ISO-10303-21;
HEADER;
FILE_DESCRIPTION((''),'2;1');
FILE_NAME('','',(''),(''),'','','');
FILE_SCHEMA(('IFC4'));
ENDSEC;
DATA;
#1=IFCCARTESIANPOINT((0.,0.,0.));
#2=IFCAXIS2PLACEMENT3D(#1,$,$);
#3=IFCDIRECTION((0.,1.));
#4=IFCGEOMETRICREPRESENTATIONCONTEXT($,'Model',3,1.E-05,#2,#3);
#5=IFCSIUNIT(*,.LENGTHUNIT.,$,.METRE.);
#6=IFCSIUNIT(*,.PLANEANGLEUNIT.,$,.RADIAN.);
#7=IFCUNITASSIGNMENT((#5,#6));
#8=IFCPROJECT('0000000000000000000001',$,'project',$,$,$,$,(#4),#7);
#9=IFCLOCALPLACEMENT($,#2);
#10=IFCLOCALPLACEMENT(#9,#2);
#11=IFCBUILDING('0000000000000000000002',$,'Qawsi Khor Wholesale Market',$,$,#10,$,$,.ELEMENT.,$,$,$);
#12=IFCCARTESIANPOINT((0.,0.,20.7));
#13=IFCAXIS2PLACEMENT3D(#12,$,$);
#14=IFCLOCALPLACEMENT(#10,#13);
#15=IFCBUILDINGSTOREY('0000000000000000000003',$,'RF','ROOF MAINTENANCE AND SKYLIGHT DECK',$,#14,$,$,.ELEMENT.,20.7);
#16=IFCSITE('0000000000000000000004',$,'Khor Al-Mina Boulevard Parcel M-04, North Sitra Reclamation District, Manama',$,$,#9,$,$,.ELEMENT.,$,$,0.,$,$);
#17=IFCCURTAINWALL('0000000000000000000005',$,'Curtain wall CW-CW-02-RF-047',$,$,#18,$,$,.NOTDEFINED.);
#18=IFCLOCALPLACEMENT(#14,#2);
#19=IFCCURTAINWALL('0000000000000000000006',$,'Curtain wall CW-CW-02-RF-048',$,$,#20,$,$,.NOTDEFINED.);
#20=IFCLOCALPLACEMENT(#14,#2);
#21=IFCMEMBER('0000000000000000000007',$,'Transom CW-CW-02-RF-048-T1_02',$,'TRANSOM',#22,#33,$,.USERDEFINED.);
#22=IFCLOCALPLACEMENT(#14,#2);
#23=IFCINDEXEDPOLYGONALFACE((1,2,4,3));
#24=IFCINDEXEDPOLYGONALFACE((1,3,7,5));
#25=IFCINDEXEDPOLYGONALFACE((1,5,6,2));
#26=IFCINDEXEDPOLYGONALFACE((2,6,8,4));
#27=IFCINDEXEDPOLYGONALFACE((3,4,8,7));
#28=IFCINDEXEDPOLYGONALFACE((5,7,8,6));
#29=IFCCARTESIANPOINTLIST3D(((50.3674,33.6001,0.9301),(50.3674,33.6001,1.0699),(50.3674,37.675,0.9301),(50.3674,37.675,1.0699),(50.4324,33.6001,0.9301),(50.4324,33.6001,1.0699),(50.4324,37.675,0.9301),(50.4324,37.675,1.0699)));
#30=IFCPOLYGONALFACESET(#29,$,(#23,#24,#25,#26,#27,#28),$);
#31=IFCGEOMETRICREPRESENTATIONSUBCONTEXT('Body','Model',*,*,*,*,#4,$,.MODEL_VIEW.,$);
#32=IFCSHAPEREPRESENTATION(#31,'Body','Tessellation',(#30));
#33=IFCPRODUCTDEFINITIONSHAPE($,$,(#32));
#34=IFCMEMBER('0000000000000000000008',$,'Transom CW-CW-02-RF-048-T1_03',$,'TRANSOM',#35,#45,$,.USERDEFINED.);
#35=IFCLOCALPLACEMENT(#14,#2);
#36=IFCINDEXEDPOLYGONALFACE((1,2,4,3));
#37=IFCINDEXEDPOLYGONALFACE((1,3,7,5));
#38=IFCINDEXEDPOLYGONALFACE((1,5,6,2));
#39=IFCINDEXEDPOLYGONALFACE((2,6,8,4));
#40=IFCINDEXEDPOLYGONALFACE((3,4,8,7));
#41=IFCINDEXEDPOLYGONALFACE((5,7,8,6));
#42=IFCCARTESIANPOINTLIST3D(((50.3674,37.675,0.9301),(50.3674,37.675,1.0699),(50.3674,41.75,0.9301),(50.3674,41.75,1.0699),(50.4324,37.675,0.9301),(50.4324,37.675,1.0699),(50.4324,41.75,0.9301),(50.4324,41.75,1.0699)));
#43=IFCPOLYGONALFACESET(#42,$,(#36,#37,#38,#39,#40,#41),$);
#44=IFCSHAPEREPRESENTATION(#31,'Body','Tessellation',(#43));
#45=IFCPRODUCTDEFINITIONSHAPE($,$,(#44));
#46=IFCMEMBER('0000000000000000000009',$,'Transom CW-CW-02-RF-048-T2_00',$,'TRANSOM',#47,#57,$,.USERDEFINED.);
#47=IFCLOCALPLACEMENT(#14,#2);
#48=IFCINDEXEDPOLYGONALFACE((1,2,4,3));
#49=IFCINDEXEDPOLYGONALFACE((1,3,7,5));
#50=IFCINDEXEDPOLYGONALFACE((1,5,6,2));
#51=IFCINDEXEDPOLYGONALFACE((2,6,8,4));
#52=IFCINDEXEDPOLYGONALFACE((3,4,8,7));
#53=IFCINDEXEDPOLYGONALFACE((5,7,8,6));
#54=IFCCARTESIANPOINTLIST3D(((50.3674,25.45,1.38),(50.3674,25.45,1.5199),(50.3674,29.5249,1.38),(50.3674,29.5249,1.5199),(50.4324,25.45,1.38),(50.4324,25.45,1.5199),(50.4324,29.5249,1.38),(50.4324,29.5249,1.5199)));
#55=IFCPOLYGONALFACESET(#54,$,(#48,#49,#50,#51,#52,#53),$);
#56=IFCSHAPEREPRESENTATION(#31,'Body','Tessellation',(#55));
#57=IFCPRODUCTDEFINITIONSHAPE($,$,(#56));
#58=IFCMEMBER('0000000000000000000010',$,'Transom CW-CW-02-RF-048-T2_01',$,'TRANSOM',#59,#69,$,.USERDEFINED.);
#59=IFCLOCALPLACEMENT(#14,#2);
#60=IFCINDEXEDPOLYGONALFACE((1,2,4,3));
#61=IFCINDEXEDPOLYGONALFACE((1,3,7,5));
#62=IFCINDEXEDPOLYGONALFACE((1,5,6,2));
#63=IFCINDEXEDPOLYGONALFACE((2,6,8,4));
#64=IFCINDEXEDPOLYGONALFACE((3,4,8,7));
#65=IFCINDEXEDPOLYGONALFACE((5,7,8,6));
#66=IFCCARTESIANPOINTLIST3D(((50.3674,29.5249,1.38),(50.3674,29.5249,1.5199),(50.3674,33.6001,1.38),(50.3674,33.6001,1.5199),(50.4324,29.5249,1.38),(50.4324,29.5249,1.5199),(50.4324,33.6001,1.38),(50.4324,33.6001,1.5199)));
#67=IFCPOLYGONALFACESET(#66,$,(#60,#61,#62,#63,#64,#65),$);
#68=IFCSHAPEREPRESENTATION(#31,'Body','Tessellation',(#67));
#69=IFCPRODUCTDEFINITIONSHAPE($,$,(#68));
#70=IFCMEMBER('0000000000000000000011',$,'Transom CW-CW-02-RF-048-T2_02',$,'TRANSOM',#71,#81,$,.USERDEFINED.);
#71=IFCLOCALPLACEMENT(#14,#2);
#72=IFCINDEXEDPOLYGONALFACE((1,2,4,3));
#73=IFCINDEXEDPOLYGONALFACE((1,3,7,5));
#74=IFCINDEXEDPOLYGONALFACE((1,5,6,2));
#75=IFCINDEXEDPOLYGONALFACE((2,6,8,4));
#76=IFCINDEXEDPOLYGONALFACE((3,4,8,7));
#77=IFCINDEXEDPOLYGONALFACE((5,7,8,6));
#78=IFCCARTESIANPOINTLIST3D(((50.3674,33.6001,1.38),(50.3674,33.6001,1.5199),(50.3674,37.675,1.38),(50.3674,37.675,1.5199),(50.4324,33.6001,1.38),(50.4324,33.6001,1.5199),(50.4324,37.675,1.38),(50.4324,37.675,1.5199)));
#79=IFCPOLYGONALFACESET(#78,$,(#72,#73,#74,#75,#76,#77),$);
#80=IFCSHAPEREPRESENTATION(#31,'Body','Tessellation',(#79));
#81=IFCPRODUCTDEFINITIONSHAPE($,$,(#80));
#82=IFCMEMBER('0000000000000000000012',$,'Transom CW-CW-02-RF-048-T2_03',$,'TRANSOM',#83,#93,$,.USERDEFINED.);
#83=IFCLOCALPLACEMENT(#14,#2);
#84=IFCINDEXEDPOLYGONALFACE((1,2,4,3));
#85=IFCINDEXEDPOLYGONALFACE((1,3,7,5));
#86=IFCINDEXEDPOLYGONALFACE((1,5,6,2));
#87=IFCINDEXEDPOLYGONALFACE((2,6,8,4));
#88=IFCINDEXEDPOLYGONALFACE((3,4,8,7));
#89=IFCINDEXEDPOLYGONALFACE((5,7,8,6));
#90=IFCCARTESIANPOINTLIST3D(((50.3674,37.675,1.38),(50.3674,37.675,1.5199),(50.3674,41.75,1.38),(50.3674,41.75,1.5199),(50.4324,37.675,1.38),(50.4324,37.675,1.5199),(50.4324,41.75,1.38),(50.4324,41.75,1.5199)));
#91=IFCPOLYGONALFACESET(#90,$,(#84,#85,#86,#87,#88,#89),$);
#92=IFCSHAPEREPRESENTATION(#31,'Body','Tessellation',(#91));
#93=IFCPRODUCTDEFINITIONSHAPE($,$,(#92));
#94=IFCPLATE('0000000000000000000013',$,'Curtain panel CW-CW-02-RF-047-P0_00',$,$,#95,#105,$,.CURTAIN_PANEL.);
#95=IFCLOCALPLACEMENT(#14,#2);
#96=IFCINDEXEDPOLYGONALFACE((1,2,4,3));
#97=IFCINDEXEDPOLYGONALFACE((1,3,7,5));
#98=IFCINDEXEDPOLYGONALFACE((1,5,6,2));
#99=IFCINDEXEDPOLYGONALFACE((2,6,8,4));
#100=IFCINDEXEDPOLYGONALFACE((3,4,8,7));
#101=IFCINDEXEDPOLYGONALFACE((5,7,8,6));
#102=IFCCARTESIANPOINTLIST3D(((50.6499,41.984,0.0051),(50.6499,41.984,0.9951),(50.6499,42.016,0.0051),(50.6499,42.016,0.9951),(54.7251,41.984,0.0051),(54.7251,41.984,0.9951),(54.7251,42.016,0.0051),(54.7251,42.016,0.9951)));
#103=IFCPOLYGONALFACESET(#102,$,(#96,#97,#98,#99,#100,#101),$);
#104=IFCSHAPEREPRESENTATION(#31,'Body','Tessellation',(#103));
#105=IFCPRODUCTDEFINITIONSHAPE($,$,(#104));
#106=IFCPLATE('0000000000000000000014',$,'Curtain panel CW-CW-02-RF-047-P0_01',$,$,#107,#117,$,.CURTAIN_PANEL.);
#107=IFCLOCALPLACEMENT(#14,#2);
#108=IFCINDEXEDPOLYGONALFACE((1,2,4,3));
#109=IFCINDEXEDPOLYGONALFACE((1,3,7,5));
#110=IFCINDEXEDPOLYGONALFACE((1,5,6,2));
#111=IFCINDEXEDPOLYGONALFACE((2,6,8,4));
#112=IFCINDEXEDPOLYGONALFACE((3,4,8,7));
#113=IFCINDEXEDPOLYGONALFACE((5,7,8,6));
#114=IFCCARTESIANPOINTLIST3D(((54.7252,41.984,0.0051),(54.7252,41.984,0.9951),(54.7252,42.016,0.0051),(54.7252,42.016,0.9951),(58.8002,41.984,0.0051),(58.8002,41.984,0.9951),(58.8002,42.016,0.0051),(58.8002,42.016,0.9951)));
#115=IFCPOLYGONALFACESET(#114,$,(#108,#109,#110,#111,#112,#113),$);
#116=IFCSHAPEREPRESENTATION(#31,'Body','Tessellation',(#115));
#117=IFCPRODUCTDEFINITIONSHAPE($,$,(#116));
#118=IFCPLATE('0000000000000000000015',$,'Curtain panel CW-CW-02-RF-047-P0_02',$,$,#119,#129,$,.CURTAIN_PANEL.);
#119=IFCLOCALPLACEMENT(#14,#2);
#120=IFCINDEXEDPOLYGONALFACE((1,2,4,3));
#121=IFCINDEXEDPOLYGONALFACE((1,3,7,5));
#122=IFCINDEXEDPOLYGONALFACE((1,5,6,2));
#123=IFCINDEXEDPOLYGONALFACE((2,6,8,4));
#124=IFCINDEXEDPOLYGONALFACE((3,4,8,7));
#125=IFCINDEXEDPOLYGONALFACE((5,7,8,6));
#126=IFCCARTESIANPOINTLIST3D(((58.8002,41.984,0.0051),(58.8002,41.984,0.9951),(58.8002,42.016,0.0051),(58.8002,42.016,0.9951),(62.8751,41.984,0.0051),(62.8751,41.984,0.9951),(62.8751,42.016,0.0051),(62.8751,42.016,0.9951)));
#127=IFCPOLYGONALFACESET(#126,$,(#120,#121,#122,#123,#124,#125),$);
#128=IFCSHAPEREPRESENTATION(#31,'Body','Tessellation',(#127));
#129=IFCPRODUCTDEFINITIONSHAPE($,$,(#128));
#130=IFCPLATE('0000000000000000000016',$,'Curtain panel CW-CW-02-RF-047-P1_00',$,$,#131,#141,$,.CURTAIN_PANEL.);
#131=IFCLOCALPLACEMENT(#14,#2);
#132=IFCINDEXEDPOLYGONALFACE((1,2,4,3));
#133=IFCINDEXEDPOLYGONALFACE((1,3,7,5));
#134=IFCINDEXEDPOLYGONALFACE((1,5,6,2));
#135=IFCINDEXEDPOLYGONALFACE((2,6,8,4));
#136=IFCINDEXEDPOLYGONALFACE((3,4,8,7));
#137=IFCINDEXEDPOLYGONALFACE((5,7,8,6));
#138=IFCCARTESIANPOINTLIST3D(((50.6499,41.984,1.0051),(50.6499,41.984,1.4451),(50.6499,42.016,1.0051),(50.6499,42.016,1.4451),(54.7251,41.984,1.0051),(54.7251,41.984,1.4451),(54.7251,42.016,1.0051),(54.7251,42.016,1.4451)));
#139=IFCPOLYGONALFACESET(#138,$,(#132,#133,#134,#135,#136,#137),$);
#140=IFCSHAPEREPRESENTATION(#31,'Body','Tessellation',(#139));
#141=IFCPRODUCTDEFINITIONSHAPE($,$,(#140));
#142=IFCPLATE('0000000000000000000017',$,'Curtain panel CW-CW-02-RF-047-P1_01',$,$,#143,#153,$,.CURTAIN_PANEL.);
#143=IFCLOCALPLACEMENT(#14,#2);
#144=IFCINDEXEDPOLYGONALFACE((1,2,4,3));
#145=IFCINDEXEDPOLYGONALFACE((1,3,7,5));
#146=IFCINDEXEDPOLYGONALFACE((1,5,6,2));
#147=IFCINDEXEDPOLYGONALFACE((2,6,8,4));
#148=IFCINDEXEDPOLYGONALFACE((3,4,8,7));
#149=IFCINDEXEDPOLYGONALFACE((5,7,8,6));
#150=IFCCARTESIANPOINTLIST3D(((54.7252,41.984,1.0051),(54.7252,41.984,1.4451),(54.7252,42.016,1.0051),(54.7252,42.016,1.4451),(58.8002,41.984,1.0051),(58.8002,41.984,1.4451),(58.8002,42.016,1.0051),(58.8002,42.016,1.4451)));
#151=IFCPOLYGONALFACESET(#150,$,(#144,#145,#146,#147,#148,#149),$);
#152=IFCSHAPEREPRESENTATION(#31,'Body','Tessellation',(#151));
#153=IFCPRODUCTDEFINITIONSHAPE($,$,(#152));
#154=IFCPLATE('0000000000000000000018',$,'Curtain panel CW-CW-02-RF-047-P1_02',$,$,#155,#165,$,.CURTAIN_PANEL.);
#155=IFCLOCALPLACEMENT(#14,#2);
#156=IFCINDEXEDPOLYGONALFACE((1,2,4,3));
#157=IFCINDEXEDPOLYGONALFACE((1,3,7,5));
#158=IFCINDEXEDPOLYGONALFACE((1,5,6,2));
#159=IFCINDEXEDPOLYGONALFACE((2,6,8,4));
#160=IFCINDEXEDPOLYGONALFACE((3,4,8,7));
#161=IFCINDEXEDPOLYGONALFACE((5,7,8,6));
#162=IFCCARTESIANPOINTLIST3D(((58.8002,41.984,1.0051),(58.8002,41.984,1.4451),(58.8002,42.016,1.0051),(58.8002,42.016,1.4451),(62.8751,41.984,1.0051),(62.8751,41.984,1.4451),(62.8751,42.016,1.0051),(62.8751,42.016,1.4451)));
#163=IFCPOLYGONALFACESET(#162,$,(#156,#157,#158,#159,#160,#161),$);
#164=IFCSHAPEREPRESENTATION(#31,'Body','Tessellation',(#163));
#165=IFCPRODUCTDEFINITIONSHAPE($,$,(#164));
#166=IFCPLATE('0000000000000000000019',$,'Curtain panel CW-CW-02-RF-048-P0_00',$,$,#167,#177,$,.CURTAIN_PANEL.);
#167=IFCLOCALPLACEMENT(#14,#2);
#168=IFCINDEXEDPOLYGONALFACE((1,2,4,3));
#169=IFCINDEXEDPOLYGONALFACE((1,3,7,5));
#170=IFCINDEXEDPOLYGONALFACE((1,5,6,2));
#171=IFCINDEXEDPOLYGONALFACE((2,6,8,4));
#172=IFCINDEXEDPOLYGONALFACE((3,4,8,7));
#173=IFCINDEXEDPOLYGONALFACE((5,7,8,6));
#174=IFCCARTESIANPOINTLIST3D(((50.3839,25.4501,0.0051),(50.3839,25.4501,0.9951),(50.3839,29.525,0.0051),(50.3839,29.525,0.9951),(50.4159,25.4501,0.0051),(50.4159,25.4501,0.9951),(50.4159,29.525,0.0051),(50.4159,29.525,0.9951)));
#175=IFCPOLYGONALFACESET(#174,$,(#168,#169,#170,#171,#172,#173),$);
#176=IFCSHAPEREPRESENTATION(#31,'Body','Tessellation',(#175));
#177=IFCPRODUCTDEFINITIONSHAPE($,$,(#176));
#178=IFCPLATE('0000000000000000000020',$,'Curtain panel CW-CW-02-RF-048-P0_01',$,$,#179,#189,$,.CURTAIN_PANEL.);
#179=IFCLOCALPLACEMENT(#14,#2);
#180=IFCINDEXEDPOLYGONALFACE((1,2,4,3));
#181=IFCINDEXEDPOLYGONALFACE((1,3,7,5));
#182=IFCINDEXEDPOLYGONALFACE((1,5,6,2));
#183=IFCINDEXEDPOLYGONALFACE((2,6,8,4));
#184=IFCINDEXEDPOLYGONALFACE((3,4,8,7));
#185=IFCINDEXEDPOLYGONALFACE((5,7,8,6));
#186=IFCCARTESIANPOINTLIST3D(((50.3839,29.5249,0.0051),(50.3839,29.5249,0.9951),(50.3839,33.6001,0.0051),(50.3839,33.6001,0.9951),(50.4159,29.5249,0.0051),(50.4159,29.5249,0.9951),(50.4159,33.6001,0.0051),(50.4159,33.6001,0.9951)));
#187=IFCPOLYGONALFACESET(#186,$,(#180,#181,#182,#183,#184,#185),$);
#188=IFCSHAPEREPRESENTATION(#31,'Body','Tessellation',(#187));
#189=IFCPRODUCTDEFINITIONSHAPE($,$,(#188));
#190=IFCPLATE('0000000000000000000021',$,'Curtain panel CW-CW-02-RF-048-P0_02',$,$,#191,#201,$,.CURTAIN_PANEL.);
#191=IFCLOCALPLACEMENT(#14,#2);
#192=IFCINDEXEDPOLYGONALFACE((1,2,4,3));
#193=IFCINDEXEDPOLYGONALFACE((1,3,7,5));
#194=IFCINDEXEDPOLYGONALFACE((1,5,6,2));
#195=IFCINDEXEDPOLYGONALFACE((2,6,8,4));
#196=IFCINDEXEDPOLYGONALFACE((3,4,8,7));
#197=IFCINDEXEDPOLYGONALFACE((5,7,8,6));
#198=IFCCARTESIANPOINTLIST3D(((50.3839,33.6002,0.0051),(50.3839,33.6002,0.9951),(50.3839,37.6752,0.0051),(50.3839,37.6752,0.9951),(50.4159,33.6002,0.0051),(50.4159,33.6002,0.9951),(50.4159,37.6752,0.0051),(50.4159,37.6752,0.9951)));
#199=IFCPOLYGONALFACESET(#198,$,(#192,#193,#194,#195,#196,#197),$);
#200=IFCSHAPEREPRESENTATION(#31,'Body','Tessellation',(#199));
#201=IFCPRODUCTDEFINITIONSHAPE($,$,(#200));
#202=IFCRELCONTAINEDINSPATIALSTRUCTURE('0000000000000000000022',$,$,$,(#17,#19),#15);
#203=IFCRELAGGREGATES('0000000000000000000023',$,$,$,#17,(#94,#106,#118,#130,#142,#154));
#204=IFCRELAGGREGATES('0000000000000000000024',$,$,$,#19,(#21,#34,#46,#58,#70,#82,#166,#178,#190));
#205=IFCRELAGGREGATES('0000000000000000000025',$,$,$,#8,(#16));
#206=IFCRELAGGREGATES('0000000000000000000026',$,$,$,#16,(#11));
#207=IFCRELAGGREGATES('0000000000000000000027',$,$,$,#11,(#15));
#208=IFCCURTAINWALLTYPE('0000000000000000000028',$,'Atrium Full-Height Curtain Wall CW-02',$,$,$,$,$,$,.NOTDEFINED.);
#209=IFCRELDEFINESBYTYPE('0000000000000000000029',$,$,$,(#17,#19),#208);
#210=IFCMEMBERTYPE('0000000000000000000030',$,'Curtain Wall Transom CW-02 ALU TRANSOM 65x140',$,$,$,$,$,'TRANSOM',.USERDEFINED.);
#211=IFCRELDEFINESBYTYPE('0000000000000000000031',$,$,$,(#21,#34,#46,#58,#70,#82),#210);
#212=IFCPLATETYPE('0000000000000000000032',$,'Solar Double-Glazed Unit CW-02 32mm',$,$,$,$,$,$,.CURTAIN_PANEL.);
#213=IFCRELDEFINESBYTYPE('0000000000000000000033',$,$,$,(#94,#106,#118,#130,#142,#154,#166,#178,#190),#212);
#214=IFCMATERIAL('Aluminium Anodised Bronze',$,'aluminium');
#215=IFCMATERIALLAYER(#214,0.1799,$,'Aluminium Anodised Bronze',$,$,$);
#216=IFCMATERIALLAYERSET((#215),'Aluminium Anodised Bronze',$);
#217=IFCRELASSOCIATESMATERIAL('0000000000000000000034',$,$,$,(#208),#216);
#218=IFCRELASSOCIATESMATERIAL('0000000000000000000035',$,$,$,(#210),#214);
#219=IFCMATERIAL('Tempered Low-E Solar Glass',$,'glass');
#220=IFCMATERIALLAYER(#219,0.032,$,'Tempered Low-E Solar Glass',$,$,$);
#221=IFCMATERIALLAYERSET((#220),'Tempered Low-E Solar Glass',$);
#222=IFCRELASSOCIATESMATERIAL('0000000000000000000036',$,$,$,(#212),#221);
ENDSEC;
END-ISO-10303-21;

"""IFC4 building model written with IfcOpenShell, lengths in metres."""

from ifc_helpers import new_model, si_unit, direction, frame, frame_2d, origin, origin_2d, place, context, subcontext, project, spatial, rectangle, extrude, material, layer, layer_set, material_profile, profile_set, type_object, element, aggregate, save


model = new_model("IFC4")

# Units and contexts
model_context = context("Model", 3, precision=1e-05, world=origin(), true_north=direction((0.0, 1.0)))
body_context = subcontext(model_context, "Body", "Model", "MODEL_VIEW")
ifc_project = project(units=[si_unit("LENGTHUNIT", "METRE"), si_unit("PLANEANGLEUNIT", "RADIAN")], contexts=[model_context])

# Site, building, storey
site_placement = place(None, origin())
site = spatial("IfcSite", under=ifc_project, at=site_placement, Name="Khor Al-Mina Boulevard Parcel M-04, North Sitra Reclamation District, Manama", CompositionType="ELEMENT", RefElevation=0.0)
building_placement = place(site_placement, origin())
building = spatial("IfcBuilding", under=site, at=building_placement, Name="Qawsi Khor Wholesale Market", CompositionType="ELEMENT")
storey_placement = place(building_placement, frame((0.0, 0.0, 20.7)))
storey = spatial("IfcBuildingStorey", under=building, at=storey_placement, Name="RF", Description="ROOF MAINTENANCE AND SKYLIGHT DECK", CompositionType="ELEMENT", Elevation=20.7)

# Curtain walls, members
ifc_material_1 = material(Name="Aluminium Anodised Bronze", Category="aluminium")
ifc_layer_1 = layer(ifc_material_1, 0.1799, Name="Aluminium Anodised Bronze")
ifc_layer_set_1 = layer_set([ifc_layer_1], Name="Aluminium Anodised Bronze")
curtain_wall_type = type_object("IfcCurtainWallType", Name="Atrium Full-Height Curtain Wall CW-02", PredefinedType="NOTDEFINED", material=ifc_layer_set_1)
curtain_wall_1_placement = place(storey_placement, origin())
curtain_wall_1 = element("IfcCurtainWall", 1, at=curtain_wall_1_placement, inside=storey, type_object=curtain_wall_type, Name="Curtain wall CW-CW-02-RF-047", PredefinedType="NOTDEFINED")
ifc_material_profile_1 = material_profile(ifc_material_1, rectangle(XDim=0.0649, YDim=0.1399, at=origin_2d()), Name="ALU TRANSOM 65x140")
ifc_profile_set_1 = profile_set([ifc_material_profile_1], Name="Aluminium Anodised Bronze")
member_type_1 = type_object("IfcMemberType", Name="Curtain Wall Transom CW-02 ALU TRANSOM 65x140", ElementType="TRANSOM", PredefinedType="USERDEFINED", material=ifc_profile_set_1)
curtain_wall_2_placement = place(storey_placement, origin())
curtain_wall_2 = element("IfcCurtainWall", 2, at=curtain_wall_2_placement, inside=storey, type_object=curtain_wall_type, Name="Curtain wall CW-CW-02-RF-048", PredefinedType="NOTDEFINED")
member_1_placement = place(storey_placement, frame((50.3999, 33.6001, 1.0), z_axis=(0.0, 1.0, 0.0), x_axis=(-1.0, 0.0, 0.0)))
member_1 = element("IfcMember", 3, at=member_1_placement, type_object=member_type_1, Name="Transom CW-CW-02-RF-048-T1_02", ObjectType="TRANSOM", PredefinedType="USERDEFINED", context=body_context, shape_type="SweptSolid", body=[
    extrude(rectangle(XDim=0.0649, YDim=0.1399, at=origin_2d()), origin(), (0.0, 0.0, 1.0), 4.075),
])
member_2_placement = place(storey_placement, frame((50.3999, 37.675, 1.0), z_axis=(0.0, 1.0, 0.0), x_axis=(-1.0, 0.0, 0.0)))
member_2 = element("IfcMember", 4, at=member_2_placement, type_object=member_type_1, Name="Transom CW-CW-02-RF-048-T1_03", ObjectType="TRANSOM", PredefinedType="USERDEFINED", context=body_context, shape_type="SweptSolid", body=[
    extrude(rectangle(XDim=0.0649, YDim=0.1399, at=origin_2d()), origin(), (0.0, 0.0, 1.0), 4.075),
])
member_3_placement = place(storey_placement, frame((50.3999, 25.45, 1.45), z_axis=(0.0, 1.0, 0.0), x_axis=(-1.0, 0.0, 0.0)))
member_3 = element("IfcMember", 5, at=member_3_placement, type_object=member_type_1, Name="Transom CW-CW-02-RF-048-T2_00", ObjectType="TRANSOM", PredefinedType="USERDEFINED", context=body_context, shape_type="SweptSolid", body=[
    extrude(rectangle(XDim=0.0649, YDim=0.1399, at=origin_2d()), origin(), (0.0, 0.0, 1.0), 4.075),
])
member_4_placement = place(storey_placement, frame((50.3999, 29.5249, 1.45), z_axis=(0.0, 1.0, 0.0), x_axis=(-1.0, 0.0, 0.0)))
member_4 = element("IfcMember", 6, at=member_4_placement, type_object=member_type_1, Name="Transom CW-CW-02-RF-048-T2_01", ObjectType="TRANSOM", PredefinedType="USERDEFINED", context=body_context, shape_type="SweptSolid", body=[
    extrude(rectangle(XDim=0.0649, YDim=0.1399, at=origin_2d()), origin(), (0.0, 0.0, 1.0), 4.0752),
])
member_5_placement = place(storey_placement, frame((50.3999, 33.6001, 1.45), z_axis=(0.0, 1.0, 0.0), x_axis=(-1.0, 0.0, 0.0)))
member_5 = element("IfcMember", 7, at=member_5_placement, type_object=member_type_1, Name="Transom CW-CW-02-RF-048-T2_02", ObjectType="TRANSOM", PredefinedType="USERDEFINED", context=body_context, shape_type="SweptSolid", body=[
    extrude(rectangle(XDim=0.0649, YDim=0.1399, at=origin_2d()), origin(), (0.0, 0.0, 1.0), 4.075),
])
member_6_placement = place(storey_placement, frame((50.3999, 37.675, 1.45), z_axis=(0.0, 1.0, 0.0), x_axis=(-1.0, 0.0, 0.0)))
member_6 = element("IfcMember", 8, at=member_6_placement, type_object=member_type_1, Name="Transom CW-CW-02-RF-048-T2_03", ObjectType="TRANSOM", PredefinedType="USERDEFINED", context=body_context, shape_type="SweptSolid", body=[
    extrude(rectangle(XDim=0.0649, YDim=0.1399, at=origin_2d()), origin(), (0.0, 0.0, 1.0), 4.075),
])

# Plates
ifc_material_2 = material(Name="Tempered Low-E Solar Glass", Category="glass")
ifc_layer_2 = layer(ifc_material_2, 0.032, Name="Tempered Low-E Solar Glass")
ifc_layer_set_2 = layer_set([ifc_layer_2], Name="Tempered Low-E Solar Glass")
plate_type = type_object("IfcPlateType", Name="Solar Double-Glazed Unit CW-02 32mm", PredefinedType="CURTAIN_PANEL", material=ifc_layer_set_2)
plate_1_placement = place(storey_placement, frame((50.6499, 42.0, 0.0051), z_axis=(0.0, 0.0, 1.0), x_axis=(1.0, 0.0, 0.0)))
plate_1 = element("IfcPlate", 9, at=plate_1_placement, type_object=plate_type, Name="Curtain panel CW-CW-02-RF-047-P0_00", PredefinedType="CURTAIN_PANEL", context=body_context, shape_type="SweptSolid", body=[
    extrude(rectangle(XDim=4.0752, YDim=0.032, at=frame_2d((2.0376, 0.0))), origin(), (0.0, 0.0, 1.0), 0.99),
])
plate_2_placement = place(storey_placement, frame((54.7251, 42.0, 0.0051), z_axis=(0.0, 0.0, 1.0), x_axis=(1.0, 0.0, 0.0)))
plate_2 = element("IfcPlate", 10, at=plate_2_placement, type_object=plate_type, Name="Curtain panel CW-CW-02-RF-047-P0_01", PredefinedType="CURTAIN_PANEL", context=body_context, shape_type="SweptSolid", body=[
    extrude(rectangle(XDim=4.075, YDim=0.032, at=frame_2d((2.0376, 0.0))), origin(), (0.0, 0.0, 1.0), 0.99),
])
plate_3_placement = place(storey_placement, frame((58.8, 42.0, 0.0051), z_axis=(0.0, 0.0, 1.0), x_axis=(1.0, 0.0, 0.0)))
plate_3 = element("IfcPlate", 11, at=plate_3_placement, type_object=plate_type, Name="Curtain panel CW-CW-02-RF-047-P0_02", PredefinedType="CURTAIN_PANEL", context=body_context, shape_type="SweptSolid", body=[
    extrude(rectangle(XDim=4.075, YDim=0.032, at=frame_2d((2.0376, 0.0))), origin(), (0.0, 0.0, 1.0), 0.99),
])
plate_4_placement = place(storey_placement, frame((50.6499, 42.0, 1.0051), z_axis=(0.0, 0.0, 1.0), x_axis=(1.0, 0.0, 0.0)))
plate_4 = element("IfcPlate", 12, at=plate_4_placement, type_object=plate_type, Name="Curtain panel CW-CW-02-RF-047-P1_00", PredefinedType="CURTAIN_PANEL", context=body_context, shape_type="SweptSolid", body=[
    extrude(rectangle(XDim=4.0752, YDim=0.032, at=frame_2d((2.0376, 0.0))), origin(), (0.0, 0.0, 1.0), 0.4399),
])
plate_5_placement = place(storey_placement, frame((54.7251, 42.0, 1.0051), z_axis=(0.0, 0.0, 1.0), x_axis=(1.0, 0.0, 0.0)))
plate_5 = element("IfcPlate", 13, at=plate_5_placement, type_object=plate_type, Name="Curtain panel CW-CW-02-RF-047-P1_01", PredefinedType="CURTAIN_PANEL", context=body_context, shape_type="SweptSolid", body=[
    extrude(rectangle(XDim=4.075, YDim=0.032, at=frame_2d((2.0376, 0.0))), origin(), (0.0, 0.0, 1.0), 0.4399),
])
plate_6_placement = place(storey_placement, frame((58.8, 42.0, 1.0051), z_axis=(0.0, 0.0, 1.0), x_axis=(1.0, 0.0, 0.0)))
plate_6 = element("IfcPlate", 14, at=plate_6_placement, type_object=plate_type, Name="Curtain panel CW-CW-02-RF-047-P1_02", PredefinedType="CURTAIN_PANEL", context=body_context, shape_type="SweptSolid", body=[
    extrude(rectangle(XDim=4.075, YDim=0.032, at=frame_2d((2.0376, 0.0))), origin(), (0.0, 0.0, 1.0), 0.4399),
])
aggregate(curtain_wall_1, [plate_1, plate_2, plate_3, plate_4, plate_5, plate_6])
plate_7_placement = place(storey_placement, frame((50.3999, 25.45, 0.0051), z_axis=(0.0, 0.0, 1.0), x_axis=(0.0, 1.0, 0.0)))
plate_7 = element("IfcPlate", 15, at=plate_7_placement, type_object=plate_type, Name="Curtain panel CW-CW-02-RF-048-P0_00", PredefinedType="CURTAIN_PANEL", context=body_context, shape_type="SweptSolid", body=[
    extrude(rectangle(XDim=4.075, YDim=0.032, at=frame_2d((2.0376, 0.0))), origin(), (0.0, 0.0, 1.0), 0.99),
])
plate_8_placement = place(storey_placement, frame((50.3999, 29.5249, 0.0051), z_axis=(0.0, 0.0, 1.0), x_axis=(0.0, 1.0, 0.0)))
plate_8 = element("IfcPlate", 16, at=plate_8_placement, type_object=plate_type, Name="Curtain panel CW-CW-02-RF-048-P0_01", PredefinedType="CURTAIN_PANEL", context=body_context, shape_type="SweptSolid", body=[
    extrude(rectangle(XDim=4.0752, YDim=0.032, at=frame_2d((2.0376, 0.0))), origin(), (0.0, 0.0, 1.0), 0.99),
])
plate_9_placement = place(storey_placement, frame((50.3999, 33.6001, 0.0051), z_axis=(0.0, 0.0, 1.0), x_axis=(0.0, 1.0, 0.0)))
plate_9 = element("IfcPlate", 17, at=plate_9_placement, type_object=plate_type, Name="Curtain panel CW-CW-02-RF-048-P0_02", PredefinedType="CURTAIN_PANEL", context=body_context, shape_type="SweptSolid", body=[
    extrude(rectangle(XDim=4.075, YDim=0.032, at=frame_2d((2.0376, 0.0))), origin(), (0.0, 0.0, 1.0), 0.99),
])
aggregate(curtain_wall_2, [member_1, member_2, member_3, member_4, member_5, member_6, plate_7, plate_8, plate_9])

save(model, "model.ifc")
